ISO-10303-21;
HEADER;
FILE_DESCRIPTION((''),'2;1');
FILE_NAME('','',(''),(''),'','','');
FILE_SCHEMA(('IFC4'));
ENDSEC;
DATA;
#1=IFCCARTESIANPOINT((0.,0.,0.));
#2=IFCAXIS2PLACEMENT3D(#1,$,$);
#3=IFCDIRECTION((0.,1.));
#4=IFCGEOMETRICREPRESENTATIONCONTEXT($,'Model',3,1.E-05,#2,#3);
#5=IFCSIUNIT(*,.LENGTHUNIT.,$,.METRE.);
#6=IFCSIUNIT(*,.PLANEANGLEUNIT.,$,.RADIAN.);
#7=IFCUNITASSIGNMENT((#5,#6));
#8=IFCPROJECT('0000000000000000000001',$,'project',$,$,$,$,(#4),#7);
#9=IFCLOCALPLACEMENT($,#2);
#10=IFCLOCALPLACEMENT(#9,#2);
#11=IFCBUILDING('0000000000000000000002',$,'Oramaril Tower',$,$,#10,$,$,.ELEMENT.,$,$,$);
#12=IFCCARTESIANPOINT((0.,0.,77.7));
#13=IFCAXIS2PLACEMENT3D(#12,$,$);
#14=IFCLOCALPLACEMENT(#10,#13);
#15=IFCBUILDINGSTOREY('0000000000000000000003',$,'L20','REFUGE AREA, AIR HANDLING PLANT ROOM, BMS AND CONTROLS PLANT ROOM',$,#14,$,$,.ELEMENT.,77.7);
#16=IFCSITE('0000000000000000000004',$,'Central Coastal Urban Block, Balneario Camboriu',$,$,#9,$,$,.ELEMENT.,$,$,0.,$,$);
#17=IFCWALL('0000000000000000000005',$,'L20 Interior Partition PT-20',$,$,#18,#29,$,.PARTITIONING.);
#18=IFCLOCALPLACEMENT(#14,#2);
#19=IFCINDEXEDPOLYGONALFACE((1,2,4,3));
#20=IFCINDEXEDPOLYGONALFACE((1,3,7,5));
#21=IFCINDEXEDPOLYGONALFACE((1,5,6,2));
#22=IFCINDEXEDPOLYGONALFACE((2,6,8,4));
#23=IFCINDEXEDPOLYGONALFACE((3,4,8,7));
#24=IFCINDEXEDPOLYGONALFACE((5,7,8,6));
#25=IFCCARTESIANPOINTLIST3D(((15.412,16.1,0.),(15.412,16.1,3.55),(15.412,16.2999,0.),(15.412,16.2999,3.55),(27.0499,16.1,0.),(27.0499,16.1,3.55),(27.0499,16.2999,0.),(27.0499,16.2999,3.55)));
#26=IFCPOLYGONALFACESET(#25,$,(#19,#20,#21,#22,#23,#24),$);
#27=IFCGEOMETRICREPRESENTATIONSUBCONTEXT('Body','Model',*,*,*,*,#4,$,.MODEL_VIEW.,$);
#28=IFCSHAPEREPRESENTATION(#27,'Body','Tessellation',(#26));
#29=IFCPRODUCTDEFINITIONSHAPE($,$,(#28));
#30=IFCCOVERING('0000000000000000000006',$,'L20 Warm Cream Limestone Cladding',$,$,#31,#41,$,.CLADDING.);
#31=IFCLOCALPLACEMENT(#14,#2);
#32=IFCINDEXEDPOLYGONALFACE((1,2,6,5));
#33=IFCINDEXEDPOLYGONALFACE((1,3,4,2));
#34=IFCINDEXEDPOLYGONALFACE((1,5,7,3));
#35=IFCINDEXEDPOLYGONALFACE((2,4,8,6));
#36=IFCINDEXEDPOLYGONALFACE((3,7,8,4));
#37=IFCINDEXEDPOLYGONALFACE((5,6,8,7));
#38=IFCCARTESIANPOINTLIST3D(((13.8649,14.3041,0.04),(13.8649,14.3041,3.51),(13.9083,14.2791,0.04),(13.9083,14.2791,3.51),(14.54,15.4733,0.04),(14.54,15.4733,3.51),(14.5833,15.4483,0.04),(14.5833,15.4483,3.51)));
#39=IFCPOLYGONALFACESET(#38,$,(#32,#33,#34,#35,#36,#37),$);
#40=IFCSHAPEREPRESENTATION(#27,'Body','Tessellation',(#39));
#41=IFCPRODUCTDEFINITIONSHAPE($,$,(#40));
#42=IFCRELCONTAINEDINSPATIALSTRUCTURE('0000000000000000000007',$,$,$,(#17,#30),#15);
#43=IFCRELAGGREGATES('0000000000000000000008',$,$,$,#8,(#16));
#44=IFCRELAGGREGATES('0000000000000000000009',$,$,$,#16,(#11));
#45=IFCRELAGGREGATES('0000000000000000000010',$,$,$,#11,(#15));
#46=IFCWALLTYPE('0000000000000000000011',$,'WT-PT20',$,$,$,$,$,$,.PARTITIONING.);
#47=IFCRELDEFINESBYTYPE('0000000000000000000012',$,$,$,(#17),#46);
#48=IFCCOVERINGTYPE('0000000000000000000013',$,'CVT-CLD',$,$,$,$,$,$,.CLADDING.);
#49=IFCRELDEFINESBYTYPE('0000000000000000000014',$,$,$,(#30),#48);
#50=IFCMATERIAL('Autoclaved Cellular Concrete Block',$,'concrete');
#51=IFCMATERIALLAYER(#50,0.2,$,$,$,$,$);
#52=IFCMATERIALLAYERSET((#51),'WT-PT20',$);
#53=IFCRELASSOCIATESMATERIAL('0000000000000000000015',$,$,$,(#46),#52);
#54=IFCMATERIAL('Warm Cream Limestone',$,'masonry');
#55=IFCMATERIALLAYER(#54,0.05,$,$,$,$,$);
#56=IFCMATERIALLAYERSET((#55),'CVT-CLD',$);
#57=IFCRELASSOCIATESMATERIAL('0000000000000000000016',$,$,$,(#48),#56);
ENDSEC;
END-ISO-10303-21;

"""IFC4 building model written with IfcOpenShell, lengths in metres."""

from ifc_helpers import new_model, si_unit, direction, frame, frame_2d, origin, origin_2d, place, context, subcontext, project, spatial, rectangle, extrude, material, layer, layer_set, type_object, element, save


model = new_model("IFC4")

# Units and contexts
model_context = context("Model", 3, precision=1e-05, world=origin(), true_north=direction((0.0, 1.0)))
body_context = subcontext(model_context, "Body", "Model", "MODEL_VIEW")
ifc_project = project(units=[si_unit("LENGTHUNIT", "METRE"), si_unit("PLANEANGLEUNIT", "RADIAN")], contexts=[model_context])

# Site, building, storey
site_placement = place(None, origin())
site = spatial("IfcSite", under=ifc_project, at=site_placement, Name="Central Coastal Urban Block, Balneario Camboriu", CompositionType="ELEMENT", RefElevation=0.0)
building_placement = place(site_placement, origin())
building = spatial("IfcBuilding", under=site, at=building_placement, Name="Oramaril Tower", CompositionType="ELEMENT")
storey_placement = place(building_placement, frame((0.0, 0.0, 77.7)))
storey = spatial("IfcBuildingStorey", under=building, at=storey_placement, Name="L20", Description="REFUGE AREA, AIR HANDLING PLANT ROOM, BMS AND CONTROLS PLANT ROOM", CompositionType="ELEMENT", Elevation=77.7)

# Wall
ifc_material_1 = material(Name="Autoclaved Cellular Concrete Block", Category="concrete")
ifc_layer_1 = layer(ifc_material_1, 0.2)
ifc_layer_set_1 = layer_set([ifc_layer_1], Name="WT-PT20")
wall_type_1 = type_object("IfcWallType", Name="WT-PT20", PredefinedType="PARTITIONING", material=ifc_layer_set_1)
wall_1_placement = place(storey_placement, frame((15.4121, 16.2, 0.0), z_axis=(0.0, 0.0, 1.0), x_axis=(1.0, 0.0, 0.0)))
element("IfcWall", 1, at=wall_1_placement, inside=storey, type_object=wall_type_1, Name="L20 Interior Partition PT-20", PredefinedType="PARTITIONING", context=body_context, shape_type="SweptSolid", body=[
    extrude(rectangle(XDim=11.6379, YDim=0.2, at=frame_2d((5.8188, 0.0))), origin(), (0.0, 0.0, 1.0), 3.55),
])

# Covering
ifc_material_2 = material(Name="Warm Cream Limestone", Category="masonry")
ifc_layer_2 = layer(ifc_material_2, 0.05)
ifc_layer_set_2 = layer_set([ifc_layer_2], Name="CVT-CLD")
covering_type = type_object("IfcCoveringType", Name="CVT-CLD", PredefinedType="CLADDING", material=ifc_layer_set_2)
covering_placement = place(storey_placement, frame((14.2241, 14.8762, 0.04), z_axis=(0.0, 0.0, 1.0), x_axis=(-0.499998, -0.866026, 0.0)))
element("IfcCovering", 2, at=covering_placement, inside=storey, type_object=covering_type, Name="L20 Warm Cream Limestone Cladding", PredefinedType="CLADDING", context=body_context, shape_type="SweptSolid", body=[
    extrude(rectangle(XDim=1.3501, YDim=0.05, at=origin_2d()), origin(), (0.0, 0.0, 1.0), 3.47),
])

save(model, "model.ifc")
